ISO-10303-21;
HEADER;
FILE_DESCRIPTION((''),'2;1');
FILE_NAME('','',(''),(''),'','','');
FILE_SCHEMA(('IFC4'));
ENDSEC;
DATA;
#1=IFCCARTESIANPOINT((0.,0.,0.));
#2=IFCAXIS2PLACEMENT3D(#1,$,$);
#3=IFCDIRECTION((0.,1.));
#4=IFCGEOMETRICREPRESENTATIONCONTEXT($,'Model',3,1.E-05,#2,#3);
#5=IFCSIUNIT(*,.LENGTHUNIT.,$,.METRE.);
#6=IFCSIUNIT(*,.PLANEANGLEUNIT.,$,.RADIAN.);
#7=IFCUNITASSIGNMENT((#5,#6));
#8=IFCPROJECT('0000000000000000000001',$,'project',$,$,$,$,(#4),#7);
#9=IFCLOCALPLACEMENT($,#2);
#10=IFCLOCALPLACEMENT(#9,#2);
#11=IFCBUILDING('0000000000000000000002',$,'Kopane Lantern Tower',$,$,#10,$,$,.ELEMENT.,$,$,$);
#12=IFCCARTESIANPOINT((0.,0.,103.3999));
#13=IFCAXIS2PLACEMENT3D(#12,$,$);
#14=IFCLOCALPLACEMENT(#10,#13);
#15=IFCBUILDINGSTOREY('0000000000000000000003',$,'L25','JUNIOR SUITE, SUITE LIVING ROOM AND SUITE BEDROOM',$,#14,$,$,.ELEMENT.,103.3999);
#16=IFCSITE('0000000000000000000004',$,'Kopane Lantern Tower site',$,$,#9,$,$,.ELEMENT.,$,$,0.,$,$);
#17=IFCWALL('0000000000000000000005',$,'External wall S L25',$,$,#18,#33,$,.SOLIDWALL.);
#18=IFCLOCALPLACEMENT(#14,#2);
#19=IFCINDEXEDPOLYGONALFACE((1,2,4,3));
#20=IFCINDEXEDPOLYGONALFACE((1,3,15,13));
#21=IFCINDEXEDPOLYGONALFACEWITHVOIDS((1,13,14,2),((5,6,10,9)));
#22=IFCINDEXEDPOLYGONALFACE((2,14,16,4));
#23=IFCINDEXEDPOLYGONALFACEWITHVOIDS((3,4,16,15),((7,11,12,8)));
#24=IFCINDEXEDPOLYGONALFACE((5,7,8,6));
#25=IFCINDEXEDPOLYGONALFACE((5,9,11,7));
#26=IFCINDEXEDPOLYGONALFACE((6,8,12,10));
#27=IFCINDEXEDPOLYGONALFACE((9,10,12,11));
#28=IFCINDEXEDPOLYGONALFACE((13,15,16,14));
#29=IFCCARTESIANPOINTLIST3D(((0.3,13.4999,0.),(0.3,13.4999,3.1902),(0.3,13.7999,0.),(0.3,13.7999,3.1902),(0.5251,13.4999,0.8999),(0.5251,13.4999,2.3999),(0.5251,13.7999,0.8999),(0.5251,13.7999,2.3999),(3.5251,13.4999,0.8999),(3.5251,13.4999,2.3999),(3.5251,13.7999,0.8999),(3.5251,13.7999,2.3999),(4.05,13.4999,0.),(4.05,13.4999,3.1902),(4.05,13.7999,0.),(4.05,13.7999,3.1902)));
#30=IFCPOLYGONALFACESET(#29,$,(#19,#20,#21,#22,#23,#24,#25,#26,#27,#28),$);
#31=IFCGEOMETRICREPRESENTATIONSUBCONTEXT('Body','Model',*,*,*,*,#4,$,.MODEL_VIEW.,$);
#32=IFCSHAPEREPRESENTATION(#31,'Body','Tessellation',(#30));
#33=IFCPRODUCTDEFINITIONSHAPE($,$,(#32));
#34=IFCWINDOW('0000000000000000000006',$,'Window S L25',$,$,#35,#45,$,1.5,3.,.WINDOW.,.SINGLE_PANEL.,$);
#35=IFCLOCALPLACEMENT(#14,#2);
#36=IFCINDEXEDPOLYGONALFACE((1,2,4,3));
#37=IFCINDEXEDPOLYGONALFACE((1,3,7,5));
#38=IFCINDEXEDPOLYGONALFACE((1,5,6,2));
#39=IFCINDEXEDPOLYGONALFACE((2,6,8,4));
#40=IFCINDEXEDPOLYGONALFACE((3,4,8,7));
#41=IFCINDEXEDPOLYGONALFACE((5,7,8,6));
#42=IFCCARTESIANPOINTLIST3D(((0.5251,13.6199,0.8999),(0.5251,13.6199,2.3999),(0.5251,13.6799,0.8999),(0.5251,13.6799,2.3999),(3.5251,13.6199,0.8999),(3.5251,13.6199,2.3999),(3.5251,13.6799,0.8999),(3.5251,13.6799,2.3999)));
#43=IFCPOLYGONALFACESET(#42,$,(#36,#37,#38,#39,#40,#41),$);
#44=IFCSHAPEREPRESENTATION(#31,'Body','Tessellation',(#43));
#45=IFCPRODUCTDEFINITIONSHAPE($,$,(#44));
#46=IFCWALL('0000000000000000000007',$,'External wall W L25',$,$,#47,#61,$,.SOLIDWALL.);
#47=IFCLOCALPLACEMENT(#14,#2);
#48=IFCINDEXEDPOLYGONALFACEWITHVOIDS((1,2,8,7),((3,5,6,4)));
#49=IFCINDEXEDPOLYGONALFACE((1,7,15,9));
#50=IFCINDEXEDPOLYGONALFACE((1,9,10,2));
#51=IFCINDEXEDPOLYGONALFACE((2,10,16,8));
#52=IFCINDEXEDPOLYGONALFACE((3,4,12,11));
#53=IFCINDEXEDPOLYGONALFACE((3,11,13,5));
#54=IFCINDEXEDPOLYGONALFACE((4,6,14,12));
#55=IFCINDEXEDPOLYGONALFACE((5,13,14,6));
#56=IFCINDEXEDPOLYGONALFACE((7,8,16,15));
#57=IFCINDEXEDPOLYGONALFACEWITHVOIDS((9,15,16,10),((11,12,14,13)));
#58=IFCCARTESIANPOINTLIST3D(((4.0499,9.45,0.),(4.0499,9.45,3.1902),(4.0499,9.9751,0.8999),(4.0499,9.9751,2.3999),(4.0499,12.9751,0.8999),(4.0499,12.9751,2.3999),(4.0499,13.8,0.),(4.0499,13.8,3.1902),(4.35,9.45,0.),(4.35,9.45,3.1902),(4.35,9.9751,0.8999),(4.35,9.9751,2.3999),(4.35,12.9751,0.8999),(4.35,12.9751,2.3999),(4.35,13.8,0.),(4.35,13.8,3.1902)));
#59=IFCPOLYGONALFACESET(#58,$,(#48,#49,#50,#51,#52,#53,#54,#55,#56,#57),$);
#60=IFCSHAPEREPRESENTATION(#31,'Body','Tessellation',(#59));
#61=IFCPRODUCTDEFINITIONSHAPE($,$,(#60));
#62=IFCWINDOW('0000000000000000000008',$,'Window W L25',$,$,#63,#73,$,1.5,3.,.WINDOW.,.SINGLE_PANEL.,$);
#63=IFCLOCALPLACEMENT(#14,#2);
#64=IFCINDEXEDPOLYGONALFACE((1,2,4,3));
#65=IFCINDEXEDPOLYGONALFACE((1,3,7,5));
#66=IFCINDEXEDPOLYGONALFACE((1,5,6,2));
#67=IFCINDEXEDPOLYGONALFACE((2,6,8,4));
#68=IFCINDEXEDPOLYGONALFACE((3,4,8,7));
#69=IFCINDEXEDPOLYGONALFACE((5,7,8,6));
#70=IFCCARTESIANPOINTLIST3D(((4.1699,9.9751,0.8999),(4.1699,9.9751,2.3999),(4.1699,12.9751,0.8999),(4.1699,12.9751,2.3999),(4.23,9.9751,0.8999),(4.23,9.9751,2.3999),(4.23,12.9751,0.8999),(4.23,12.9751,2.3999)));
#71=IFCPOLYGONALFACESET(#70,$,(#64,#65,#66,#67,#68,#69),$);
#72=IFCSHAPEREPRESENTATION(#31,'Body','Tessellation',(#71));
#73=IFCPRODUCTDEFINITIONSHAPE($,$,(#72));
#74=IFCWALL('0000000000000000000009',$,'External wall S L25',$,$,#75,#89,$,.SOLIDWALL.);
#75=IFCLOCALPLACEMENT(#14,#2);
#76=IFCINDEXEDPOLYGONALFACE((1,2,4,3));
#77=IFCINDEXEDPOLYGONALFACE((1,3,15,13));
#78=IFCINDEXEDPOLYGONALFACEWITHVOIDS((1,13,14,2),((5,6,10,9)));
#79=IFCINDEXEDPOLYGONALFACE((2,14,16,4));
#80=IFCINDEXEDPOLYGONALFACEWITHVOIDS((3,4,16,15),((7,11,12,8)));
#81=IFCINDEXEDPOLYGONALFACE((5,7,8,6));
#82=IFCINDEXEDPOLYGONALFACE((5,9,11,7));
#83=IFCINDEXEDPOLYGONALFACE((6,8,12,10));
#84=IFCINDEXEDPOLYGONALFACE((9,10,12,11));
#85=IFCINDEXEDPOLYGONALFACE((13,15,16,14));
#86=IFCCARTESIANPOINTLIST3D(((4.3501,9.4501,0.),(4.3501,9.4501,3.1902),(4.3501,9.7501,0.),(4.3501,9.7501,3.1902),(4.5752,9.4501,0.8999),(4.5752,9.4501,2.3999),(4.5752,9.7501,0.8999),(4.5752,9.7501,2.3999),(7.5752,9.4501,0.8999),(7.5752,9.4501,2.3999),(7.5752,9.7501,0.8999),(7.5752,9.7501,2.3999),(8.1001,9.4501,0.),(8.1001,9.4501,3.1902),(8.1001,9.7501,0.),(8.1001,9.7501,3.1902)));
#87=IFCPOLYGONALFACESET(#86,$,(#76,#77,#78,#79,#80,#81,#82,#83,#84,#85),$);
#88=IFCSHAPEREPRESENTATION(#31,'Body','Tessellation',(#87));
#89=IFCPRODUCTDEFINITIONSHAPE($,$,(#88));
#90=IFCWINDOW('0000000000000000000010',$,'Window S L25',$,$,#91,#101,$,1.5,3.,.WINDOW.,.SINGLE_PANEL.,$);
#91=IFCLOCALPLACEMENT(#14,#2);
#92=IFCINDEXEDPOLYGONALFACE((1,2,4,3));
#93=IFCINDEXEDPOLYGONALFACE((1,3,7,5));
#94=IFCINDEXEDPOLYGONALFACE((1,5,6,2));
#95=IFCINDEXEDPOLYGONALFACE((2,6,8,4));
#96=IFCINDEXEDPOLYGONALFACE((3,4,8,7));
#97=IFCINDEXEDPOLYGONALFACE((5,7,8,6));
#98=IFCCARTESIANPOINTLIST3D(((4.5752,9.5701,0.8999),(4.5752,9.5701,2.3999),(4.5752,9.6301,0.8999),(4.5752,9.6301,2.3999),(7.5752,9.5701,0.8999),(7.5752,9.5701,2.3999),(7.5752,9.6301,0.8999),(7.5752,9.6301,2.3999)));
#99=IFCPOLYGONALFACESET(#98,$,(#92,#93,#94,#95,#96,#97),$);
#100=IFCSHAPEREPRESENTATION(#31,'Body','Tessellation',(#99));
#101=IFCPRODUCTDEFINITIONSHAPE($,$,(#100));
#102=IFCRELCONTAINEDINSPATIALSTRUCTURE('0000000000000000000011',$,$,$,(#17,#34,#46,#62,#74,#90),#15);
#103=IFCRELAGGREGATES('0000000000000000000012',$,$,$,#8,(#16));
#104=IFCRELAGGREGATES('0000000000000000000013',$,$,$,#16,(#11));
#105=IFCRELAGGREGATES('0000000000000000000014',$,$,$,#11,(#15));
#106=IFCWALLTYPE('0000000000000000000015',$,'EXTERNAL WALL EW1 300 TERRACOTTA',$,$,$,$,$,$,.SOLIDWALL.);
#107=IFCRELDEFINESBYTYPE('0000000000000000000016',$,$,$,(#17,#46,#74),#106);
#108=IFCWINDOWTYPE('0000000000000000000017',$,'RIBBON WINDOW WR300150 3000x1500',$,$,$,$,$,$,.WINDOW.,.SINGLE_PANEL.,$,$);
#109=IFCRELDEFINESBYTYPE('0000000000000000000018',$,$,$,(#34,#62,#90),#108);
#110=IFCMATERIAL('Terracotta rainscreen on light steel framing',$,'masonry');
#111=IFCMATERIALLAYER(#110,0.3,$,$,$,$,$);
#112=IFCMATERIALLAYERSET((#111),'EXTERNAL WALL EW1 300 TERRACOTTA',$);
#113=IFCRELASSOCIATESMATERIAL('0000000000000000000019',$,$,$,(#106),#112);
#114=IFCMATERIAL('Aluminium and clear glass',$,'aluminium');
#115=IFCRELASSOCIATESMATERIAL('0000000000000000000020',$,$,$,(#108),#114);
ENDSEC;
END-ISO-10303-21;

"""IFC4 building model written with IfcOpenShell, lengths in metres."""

from ifc_helpers import new_model, si_unit, direction, frame, frame_2d, origin, place, context, subcontext, project, spatial, rectangle, extrude, material, layer, layer_set, type_object, element, fill, save


model = new_model("IFC4")

# Units and contexts
model_context = context("Model", 3, precision=1e-05, world=origin(), true_north=direction((0.0, 1.0)))
body_context = subcontext(model_context, "Body", "Model", "MODEL_VIEW")
ifc_project = project(units=[si_unit("LENGTHUNIT", "METRE"), si_unit("PLANEANGLEUNIT", "RADIAN")], contexts=[model_context])

# Site, building, storey
site_placement = place(None, origin())
site = spatial("IfcSite", under=ifc_project, at=site_placement, Name="Kopane Lantern Tower site", CompositionType="ELEMENT", RefElevation=0.0)
building_placement = place(site_placement, origin())
building = spatial("IfcBuilding", under=site, at=building_placement, Name="Kopane Lantern Tower", CompositionType="ELEMENT")
storey_placement = place(building_placement, frame((0.0, 0.0, 103.3999)))
storey = spatial("IfcBuildingStorey", under=building, at=storey_placement, Name="L25", Description="JUNIOR SUITE, SUITE LIVING ROOM AND SUITE BEDROOM", CompositionType="ELEMENT", Elevation=103.3999)

# Walls, openings, windows
ifc_material_1 = material(Name="Terracotta rainscreen on light steel framing", Category="masonry")
ifc_layer_1 = layer(ifc_material_1, 0.3)
ifc_layer_set_1 = layer_set([ifc_layer_1], Name="EXTERNAL WALL EW1 300 TERRACOTTA")
wall_type = type_object("IfcWallType", Name="EXTERNAL WALL EW1 300 TERRACOTTA", PredefinedType="SOLIDWALL", material=ifc_layer_set_1)
wall_1_placement = place(storey_placement, frame((0.3, 13.6499, 0.0), z_axis=(0.0, 0.0, 1.0), x_axis=(1.0, 0.0, 0.0)))
wall_1 = element("IfcWall", 1, at=wall_1_placement, inside=storey, type_object=wall_type, Name="External wall S L25", PredefinedType="SOLIDWALL", context=body_context, shape_type="SweptSolid", body=[
    extrude(rectangle(XDim=3.75, YDim=0.3, at=frame_2d((1.875, 0.0))), origin(), (0.0, 0.0, 1.0), 3.1902),
])
opening_1_placement = place(wall_1_placement, frame((0.2251, 0.0, 0.8999)))
opening_1 = element("IfcOpeningElement", 2, at=opening_1_placement, cuts=wall_1, PredefinedType="OPENING", context=body_context, shape_type="SweptSolid", body=[
    extrude(rectangle(XDim=3.0, YDim=1.5, at=frame_2d((1.5, 0.75))), frame((0.0, 0.1599, 0.0), z_axis=(0.0, -1.0, 0.0), x_axis=(1.0, 0.0, 0.0)), (0.0, 0.0, 1.0), 0.3201),
])
ifc_material_2 = material(Name="Aluminium and clear glass", Category="aluminium")
window_type = type_object("IfcWindowType", Name="RIBBON WINDOW WR300150 3000x1500", PartitioningType="SINGLE_PANEL", PredefinedType="WINDOW", material=ifc_material_2)
window_1_placement = place(opening_1_placement, origin())
window_1 = element("IfcWindow", 3, at=window_1_placement, inside=storey, type_object=window_type, Name="Window S L25", OverallHeight=1.5, OverallWidth=3.0, PartitioningType="SINGLE_PANEL", PredefinedType="WINDOW", context=body_context, shape_type="SweptSolid", body=[
    extrude(rectangle(XDim=3.0, YDim=1.5, at=frame_2d((1.5, 0.75))), frame((0.0, 0.03, 0.0), z_axis=(0.0, -1.0, 0.0), x_axis=(1.0, 0.0, 0.0)), (0.0, 0.0, 1.0), 0.0601),
])
fill(opening_1, window_1)
wall_2_placement = place(storey_placement, frame((4.2, 13.8, 0.0), z_axis=(0.0, 0.0, 1.0), x_axis=(0.0, -1.0, 0.0)))
wall_2 = element("IfcWall", 4, at=wall_2_placement, inside=storey, type_object=wall_type, Name="External wall W L25", PredefinedType="SOLIDWALL", context=body_context, shape_type="SweptSolid", body=[
    extrude(rectangle(XDim=4.3501, YDim=0.3, at=frame_2d((2.175, 0.0))), origin(), (0.0, 0.0, 1.0), 3.1902),
])
opening_2_placement = place(wall_2_placement, frame((0.825, 0.0, 0.8999)))
opening_2 = element("IfcOpeningElement", 5, at=opening_2_placement, cuts=wall_2, PredefinedType="OPENING", context=body_context, shape_type="SweptSolid", body=[
    extrude(rectangle(XDim=3.0, YDim=1.5, at=frame_2d((1.5, 0.75))), frame((0.0, 0.1599, 0.0), z_axis=(0.0, -1.0, 0.0), x_axis=(1.0, 0.0, 0.0)), (0.0, 0.0, 1.0), 0.3201),
])
window_2_placement = place(opening_2_placement, origin())
window_2 = element("IfcWindow", 6, at=window_2_placement, inside=storey, type_object=window_type, Name="Window W L25", OverallHeight=1.5, OverallWidth=3.0, PartitioningType="SINGLE_PANEL", PredefinedType="WINDOW", context=body_context, shape_type="SweptSolid", body=[
    extrude(rectangle(XDim=3.0, YDim=1.5, at=frame_2d((1.5, 0.75))), frame((0.0, 0.03, 0.0), z_axis=(0.0, -1.0, 0.0), x_axis=(1.0, 0.0, 0.0)), (0.0, 0.0, 1.0), 0.0601),
])
fill(opening_2, window_2)
wall_3_placement = place(storey_placement, frame((4.3501, 9.6001, 0.0), z_axis=(0.0, 0.0, 1.0), x_axis=(1.0, 0.0, 0.0)))
wall_3 = element("IfcWall", 7, at=wall_3_placement, inside=storey, type_object=wall_type, Name="External wall S L25", PredefinedType="SOLIDWALL", context=body_context, shape_type="SweptSolid", body=[
    extrude(rectangle(XDim=3.75, YDim=0.3, at=frame_2d((1.875, 0.0))), origin(), (0.0, 0.0, 1.0), 3.1902),
])
opening_3_placement = place(wall_3_placement, frame((0.2251, 0.0, 0.8999)))
opening_3 = element("IfcOpeningElement", 8, at=opening_3_placement, cuts=wall_3, PredefinedType="OPENING", context=body_context, shape_type="SweptSolid", body=[
    extrude(rectangle(XDim=3.0, YDim=1.5, at=frame_2d((1.5, 0.75))), frame((0.0, 0.1599, 0.0), z_axis=(0.0, -1.0, 0.0), x_axis=(1.0, 0.0, 0.0)), (0.0, 0.0, 1.0), 0.3201),
])
window_3_placement = place(opening_3_placement, origin())
window_3 = element("IfcWindow", 9, at=window_3_placement, inside=storey, type_object=window_type, Name="Window S L25", OverallHeight=1.5, OverallWidth=3.0, PartitioningType="SINGLE_PANEL", PredefinedType="WINDOW", context=body_context, shape_type="SweptSolid", body=[
    extrude(rectangle(XDim=3.0, YDim=1.5, at=frame_2d((1.5, 0.75))), frame((0.0, 0.03, 0.0), z_axis=(0.0, -1.0, 0.0), x_axis=(1.0, 0.0, 0.0)), (0.0, 0.0, 1.0), 0.0601),
])
fill(opening_3, window_3)

save(model, "model.ifc")
